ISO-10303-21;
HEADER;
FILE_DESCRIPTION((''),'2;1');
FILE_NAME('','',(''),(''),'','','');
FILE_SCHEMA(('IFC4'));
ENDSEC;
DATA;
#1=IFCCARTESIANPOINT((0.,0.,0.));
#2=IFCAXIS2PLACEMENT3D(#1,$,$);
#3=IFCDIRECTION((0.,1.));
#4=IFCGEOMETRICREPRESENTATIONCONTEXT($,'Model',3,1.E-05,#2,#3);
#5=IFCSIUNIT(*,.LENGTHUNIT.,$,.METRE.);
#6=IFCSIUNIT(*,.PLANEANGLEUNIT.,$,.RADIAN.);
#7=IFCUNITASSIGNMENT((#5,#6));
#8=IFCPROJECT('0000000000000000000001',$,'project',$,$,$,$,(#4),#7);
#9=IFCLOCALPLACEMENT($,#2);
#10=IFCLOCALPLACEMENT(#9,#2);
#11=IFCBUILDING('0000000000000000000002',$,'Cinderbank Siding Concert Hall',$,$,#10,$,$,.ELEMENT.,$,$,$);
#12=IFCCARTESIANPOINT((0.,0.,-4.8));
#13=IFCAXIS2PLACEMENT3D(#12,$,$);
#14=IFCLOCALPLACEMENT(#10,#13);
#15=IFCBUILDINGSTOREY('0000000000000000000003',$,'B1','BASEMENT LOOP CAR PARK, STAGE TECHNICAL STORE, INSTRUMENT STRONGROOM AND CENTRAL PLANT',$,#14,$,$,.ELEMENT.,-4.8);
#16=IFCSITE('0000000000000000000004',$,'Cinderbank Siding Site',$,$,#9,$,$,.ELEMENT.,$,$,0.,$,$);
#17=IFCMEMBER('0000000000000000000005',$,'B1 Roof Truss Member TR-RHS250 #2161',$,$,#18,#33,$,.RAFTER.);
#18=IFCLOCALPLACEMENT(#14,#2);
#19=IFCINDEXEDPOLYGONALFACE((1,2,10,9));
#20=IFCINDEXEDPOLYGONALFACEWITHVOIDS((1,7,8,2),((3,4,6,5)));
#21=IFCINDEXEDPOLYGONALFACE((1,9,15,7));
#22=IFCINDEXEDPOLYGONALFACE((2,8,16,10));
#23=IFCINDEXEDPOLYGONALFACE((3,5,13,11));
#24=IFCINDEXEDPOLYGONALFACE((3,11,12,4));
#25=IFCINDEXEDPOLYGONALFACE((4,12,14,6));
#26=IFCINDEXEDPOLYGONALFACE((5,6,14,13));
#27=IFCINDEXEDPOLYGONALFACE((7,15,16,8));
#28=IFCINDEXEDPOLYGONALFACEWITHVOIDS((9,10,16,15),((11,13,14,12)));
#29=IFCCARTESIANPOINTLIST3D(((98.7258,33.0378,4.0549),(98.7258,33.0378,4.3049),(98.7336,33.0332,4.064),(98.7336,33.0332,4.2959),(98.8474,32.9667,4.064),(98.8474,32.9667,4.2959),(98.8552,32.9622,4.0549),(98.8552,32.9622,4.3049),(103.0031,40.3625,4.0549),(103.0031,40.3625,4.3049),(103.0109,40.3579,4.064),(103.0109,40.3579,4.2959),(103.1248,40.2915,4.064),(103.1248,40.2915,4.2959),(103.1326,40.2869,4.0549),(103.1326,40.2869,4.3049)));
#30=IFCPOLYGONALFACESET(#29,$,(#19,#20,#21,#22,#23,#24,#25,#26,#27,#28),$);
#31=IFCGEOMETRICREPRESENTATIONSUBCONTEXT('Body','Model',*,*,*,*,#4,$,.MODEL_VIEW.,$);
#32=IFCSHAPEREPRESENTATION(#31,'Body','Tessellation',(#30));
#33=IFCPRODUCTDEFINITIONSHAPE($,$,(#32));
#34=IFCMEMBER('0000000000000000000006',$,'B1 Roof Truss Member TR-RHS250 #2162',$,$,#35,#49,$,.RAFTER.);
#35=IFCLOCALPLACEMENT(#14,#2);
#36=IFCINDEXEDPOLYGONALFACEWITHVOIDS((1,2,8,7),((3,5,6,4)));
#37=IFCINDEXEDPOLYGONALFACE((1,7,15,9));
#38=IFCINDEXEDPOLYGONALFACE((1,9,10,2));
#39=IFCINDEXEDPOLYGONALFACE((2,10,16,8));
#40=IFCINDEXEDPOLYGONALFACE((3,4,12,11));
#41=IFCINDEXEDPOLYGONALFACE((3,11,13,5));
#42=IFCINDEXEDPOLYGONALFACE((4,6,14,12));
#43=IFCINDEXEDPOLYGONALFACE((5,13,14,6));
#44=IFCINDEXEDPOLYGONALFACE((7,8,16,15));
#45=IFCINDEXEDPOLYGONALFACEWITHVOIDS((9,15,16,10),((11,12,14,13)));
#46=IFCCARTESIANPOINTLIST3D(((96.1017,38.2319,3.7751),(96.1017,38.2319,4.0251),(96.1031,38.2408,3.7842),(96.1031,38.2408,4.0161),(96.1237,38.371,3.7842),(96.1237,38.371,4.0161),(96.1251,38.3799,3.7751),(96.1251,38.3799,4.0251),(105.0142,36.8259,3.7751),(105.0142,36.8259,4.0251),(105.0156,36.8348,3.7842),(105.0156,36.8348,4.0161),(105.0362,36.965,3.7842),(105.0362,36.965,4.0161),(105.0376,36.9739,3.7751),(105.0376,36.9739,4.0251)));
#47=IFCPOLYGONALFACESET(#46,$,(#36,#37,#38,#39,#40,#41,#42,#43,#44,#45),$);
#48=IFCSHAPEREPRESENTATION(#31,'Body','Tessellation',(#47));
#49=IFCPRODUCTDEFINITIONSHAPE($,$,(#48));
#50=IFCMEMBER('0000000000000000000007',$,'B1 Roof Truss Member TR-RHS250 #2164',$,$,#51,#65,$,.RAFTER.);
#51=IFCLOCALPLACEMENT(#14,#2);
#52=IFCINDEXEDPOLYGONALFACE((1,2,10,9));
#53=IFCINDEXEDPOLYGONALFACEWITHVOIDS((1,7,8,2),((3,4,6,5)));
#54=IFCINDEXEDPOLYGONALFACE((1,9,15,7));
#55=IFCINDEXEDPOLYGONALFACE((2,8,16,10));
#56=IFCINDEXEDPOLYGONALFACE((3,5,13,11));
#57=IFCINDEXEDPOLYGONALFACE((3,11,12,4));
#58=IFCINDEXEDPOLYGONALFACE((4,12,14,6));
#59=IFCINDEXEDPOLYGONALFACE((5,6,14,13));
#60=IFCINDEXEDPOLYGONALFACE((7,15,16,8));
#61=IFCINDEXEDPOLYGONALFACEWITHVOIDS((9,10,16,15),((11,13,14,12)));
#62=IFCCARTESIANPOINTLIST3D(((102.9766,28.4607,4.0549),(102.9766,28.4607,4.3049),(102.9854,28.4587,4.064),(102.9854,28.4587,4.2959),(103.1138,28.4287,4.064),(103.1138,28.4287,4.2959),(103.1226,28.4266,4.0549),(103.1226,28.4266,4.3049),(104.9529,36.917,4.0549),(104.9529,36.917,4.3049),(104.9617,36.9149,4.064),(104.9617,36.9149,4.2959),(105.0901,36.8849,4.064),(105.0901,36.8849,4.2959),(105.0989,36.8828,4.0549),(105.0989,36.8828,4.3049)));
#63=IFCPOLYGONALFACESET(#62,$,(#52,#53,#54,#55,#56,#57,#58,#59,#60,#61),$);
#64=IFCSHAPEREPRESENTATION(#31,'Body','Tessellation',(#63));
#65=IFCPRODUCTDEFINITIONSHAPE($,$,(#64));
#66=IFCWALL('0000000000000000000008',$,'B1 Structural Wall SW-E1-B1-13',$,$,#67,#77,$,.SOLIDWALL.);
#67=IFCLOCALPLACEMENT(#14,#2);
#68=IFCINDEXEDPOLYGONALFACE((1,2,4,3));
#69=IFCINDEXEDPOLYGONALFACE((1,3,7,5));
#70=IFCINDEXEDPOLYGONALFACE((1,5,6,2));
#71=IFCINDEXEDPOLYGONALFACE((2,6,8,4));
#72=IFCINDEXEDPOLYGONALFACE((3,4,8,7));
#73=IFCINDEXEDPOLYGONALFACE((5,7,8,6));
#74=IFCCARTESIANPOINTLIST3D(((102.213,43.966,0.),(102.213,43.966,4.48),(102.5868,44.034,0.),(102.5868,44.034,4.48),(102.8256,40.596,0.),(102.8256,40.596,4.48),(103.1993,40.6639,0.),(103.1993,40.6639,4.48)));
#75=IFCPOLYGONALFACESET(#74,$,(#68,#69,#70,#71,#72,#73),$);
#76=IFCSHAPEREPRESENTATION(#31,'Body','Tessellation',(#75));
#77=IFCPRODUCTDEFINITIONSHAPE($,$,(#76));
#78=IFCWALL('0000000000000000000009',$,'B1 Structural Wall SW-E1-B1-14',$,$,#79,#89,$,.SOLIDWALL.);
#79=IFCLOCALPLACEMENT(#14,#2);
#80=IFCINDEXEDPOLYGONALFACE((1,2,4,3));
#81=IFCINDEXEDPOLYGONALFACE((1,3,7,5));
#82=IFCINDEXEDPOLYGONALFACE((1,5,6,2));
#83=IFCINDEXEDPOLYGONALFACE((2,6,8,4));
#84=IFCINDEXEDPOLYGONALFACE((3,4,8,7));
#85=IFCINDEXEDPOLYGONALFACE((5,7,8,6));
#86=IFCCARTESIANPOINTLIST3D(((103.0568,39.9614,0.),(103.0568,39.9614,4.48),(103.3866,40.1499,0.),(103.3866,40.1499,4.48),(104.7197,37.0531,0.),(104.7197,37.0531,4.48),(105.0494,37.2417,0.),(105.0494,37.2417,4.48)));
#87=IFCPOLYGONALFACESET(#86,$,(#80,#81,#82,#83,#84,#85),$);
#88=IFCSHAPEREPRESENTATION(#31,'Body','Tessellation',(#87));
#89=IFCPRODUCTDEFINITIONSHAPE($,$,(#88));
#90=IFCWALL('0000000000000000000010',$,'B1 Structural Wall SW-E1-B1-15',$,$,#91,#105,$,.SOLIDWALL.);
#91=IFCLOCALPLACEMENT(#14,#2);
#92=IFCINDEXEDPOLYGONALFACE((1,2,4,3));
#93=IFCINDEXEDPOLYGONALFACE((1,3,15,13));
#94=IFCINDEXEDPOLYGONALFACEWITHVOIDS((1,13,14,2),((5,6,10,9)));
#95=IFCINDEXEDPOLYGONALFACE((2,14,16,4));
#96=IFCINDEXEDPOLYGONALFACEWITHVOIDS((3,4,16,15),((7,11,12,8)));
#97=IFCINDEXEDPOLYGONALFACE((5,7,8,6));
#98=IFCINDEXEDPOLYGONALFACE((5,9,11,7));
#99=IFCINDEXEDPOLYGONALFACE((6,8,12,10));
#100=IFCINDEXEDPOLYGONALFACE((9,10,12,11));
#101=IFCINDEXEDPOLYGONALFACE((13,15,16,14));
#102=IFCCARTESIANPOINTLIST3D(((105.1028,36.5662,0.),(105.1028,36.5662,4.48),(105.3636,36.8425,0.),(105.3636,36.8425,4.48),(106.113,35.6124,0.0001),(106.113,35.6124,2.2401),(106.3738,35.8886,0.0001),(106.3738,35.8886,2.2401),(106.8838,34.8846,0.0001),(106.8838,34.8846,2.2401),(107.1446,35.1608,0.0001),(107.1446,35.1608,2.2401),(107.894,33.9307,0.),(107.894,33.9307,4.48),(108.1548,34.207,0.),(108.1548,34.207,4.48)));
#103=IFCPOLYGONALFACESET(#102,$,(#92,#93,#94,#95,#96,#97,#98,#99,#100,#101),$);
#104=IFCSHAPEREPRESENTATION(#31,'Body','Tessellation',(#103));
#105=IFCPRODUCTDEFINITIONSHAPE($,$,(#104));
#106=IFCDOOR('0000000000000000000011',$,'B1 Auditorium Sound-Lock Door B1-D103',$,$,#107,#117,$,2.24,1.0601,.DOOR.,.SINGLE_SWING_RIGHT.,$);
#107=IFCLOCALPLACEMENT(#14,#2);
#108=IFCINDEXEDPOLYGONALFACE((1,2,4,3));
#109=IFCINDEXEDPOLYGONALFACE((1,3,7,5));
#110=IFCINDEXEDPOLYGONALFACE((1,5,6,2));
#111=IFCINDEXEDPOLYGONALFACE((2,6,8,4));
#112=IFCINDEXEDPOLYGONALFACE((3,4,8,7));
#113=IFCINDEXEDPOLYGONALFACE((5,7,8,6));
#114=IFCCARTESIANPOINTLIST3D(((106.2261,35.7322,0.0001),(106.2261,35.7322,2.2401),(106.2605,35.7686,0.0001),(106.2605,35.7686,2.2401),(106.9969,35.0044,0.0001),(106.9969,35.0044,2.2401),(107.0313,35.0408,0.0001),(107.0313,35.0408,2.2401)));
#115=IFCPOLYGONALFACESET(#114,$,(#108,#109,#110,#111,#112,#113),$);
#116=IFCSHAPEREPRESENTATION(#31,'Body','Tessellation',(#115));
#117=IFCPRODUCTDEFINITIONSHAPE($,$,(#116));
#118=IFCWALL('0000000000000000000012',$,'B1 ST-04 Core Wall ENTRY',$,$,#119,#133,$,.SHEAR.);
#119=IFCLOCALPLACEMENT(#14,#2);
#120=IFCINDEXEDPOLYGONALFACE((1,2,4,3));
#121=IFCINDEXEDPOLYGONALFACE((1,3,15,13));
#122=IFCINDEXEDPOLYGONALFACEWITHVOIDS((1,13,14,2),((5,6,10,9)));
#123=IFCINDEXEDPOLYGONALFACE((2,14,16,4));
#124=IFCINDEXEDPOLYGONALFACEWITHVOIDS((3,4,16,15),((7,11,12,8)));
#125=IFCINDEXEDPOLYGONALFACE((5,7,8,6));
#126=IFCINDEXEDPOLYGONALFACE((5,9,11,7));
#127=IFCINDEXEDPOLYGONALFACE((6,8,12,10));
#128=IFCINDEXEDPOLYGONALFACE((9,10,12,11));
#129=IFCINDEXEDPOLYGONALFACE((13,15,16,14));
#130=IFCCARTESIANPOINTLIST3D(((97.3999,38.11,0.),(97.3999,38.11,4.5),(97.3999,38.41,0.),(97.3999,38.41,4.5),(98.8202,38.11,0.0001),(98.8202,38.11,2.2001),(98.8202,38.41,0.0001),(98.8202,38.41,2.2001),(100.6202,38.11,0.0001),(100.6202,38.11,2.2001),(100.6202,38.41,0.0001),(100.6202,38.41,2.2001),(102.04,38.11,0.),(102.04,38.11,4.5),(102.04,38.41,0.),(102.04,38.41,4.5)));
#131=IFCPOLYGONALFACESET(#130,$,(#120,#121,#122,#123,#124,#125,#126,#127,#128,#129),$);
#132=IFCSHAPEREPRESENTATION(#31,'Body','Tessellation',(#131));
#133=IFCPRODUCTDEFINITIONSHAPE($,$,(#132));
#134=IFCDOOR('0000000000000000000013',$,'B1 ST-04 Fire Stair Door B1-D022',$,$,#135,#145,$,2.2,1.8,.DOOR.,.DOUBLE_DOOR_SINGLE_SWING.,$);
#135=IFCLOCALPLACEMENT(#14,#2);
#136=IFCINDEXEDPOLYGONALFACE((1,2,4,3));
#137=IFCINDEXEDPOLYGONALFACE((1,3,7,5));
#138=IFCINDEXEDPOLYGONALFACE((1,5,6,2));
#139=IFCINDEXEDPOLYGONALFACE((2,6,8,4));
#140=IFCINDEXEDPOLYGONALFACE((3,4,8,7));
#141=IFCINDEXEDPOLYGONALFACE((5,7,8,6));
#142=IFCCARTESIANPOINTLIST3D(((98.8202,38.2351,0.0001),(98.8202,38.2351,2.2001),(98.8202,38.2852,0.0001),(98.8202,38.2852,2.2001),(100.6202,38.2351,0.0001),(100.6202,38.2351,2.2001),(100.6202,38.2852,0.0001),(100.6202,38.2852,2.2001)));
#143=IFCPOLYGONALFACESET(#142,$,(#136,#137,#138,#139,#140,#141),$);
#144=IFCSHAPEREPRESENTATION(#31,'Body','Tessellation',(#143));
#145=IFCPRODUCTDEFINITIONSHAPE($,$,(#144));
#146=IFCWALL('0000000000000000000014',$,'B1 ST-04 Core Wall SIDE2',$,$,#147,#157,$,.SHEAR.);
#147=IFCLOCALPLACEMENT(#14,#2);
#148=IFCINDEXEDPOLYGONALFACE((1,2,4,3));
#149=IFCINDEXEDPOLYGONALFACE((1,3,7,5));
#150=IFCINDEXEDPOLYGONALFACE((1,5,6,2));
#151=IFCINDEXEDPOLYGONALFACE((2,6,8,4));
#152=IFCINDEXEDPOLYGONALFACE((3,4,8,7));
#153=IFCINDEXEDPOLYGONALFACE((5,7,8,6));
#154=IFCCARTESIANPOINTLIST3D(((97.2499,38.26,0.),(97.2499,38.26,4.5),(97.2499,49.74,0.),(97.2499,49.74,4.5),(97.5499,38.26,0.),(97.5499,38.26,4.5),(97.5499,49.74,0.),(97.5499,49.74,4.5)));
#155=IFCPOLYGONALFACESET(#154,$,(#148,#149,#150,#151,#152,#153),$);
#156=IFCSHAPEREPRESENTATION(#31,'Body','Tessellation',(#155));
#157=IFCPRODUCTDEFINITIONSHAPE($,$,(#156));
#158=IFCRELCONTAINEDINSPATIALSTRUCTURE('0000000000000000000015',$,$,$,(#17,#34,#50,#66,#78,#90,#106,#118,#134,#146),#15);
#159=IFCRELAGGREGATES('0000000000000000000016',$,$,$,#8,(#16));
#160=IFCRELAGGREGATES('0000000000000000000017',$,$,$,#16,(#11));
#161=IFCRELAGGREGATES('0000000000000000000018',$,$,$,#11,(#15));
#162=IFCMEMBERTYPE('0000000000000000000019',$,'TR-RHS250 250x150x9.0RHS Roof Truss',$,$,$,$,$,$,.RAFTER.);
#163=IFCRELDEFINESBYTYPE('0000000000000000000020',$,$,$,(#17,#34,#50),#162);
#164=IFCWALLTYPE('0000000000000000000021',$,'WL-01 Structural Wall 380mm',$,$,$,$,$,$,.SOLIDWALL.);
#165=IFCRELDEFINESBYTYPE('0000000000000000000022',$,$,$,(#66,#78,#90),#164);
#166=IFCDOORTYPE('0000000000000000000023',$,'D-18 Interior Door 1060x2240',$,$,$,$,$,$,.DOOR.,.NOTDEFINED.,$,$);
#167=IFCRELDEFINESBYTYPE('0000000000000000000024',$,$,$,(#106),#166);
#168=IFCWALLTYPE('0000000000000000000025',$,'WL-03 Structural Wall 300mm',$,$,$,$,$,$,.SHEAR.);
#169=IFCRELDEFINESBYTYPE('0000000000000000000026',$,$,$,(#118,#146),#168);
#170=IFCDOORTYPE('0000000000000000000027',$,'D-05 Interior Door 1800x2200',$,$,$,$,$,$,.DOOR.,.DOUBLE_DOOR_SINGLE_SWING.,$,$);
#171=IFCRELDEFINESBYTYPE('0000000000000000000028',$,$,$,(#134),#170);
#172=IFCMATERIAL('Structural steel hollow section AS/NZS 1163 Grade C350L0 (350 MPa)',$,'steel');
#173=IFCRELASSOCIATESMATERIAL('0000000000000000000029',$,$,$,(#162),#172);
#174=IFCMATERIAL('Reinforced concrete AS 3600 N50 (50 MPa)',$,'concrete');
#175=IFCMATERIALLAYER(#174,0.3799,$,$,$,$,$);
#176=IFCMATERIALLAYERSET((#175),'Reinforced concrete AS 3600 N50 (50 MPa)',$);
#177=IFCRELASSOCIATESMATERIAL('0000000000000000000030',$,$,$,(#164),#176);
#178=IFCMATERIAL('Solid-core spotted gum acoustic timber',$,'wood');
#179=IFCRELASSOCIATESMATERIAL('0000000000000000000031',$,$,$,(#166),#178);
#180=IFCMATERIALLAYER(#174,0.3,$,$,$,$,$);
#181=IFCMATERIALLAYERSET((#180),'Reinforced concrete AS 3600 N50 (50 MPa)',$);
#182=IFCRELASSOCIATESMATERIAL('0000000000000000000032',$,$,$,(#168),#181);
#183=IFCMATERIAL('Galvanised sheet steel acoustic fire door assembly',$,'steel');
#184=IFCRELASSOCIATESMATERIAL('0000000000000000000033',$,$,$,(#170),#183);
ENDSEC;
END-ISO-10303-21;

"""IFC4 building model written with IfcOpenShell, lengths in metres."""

from ifc_helpers import new_model, si_unit, direction, frame, frame_2d, origin, origin_2d, place, context, subcontext, project, spatial, rectangle, hollow_rectangle, extrude, material, layer, layer_set, material_profile, profile_set, type_object, element, fill, save


model = new_model("IFC4")

# Units and contexts
model_context = context("Model", 3, precision=1e-05, world=origin(), true_north=direction((0.0, 1.0)))
body_context = subcontext(model_context, "Body", "Model", "MODEL_VIEW")
ifc_project = project(units=[si_unit("LENGTHUNIT", "METRE"), si_unit("PLANEANGLEUNIT", "RADIAN")], contexts=[model_context])

# Site, building, storey
site_placement = place(None, origin())
site = spatial("IfcSite", under=ifc_project, at=site_placement, Name="Cinderbank Siding Site", CompositionType="ELEMENT", RefElevation=0.0)
building_placement = place(site_placement, origin())
building = spatial("IfcBuilding", under=site, at=building_placement, Name="Cinderbank Siding Concert Hall", CompositionType="ELEMENT")
storey_placement = place(building_placement, frame((0.0, 0.0, -4.8)))
storey = spatial("IfcBuildingStorey", under=building, at=storey_placement, Name="B1", Description="BASEMENT LOOP CAR PARK, STAGE TECHNICAL STORE, INSTRUMENT STRONGROOM AND CENTRAL PLANT", CompositionType="ELEMENT", Elevation=-4.8)

# Shared definitions
ifc_material_1 = material(Name="Reinforced concrete AS 3600 N50 (50 MPa)", Category="concrete")

# Members
ifc_material_2 = material(Name="Structural steel hollow section AS/NZS 1163 Grade C350L0 (350 MPa)", Category="steel")
ifc_material_profile_1 = material_profile(ifc_material_2, hollow_rectangle(XDim=0.1499, YDim=0.25, WallThickness=0.009, at=origin_2d()), Name="250x150x9.0RHS", Category="LoadBearing")
ifc_profile_set_1 = profile_set([ifc_material_profile_1], Name="Structural steel hollow section AS/NZS 1163 Grade C350L0 (350 MPa)")
member_type_1 = type_object("IfcMemberType", Name="TR-RHS250 250x150x9.0RHS Roof Truss", PredefinedType="RAFTER", material=ifc_profile_set_1)
member_1_placement = place(storey_placement, frame((103.0679, 40.3247, 4.1799), z_axis=(-0.504275, -0.863543, 0.0), x_axis=(0.863543, -0.504275, 0.0)))
element("IfcMember", 1, at=member_1_placement, inside=storey, type_object=member_type_1, Name="B1 Roof Truss Member TR-RHS250 #2161", PredefinedType="RAFTER", context=body_context, shape_type="SweptSolid", body=[
    extrude(hollow_rectangle(XDim=0.1499, YDim=0.25, WallThickness=0.009, at=origin_2d()), origin(), (0.0, 0.0, 1.0), 8.4822),
])
member_2_placement = place(storey_placement, frame((105.0259, 36.8999, 3.9001), z_axis=(-0.987784, 0.155828, 0.0), x_axis=(-0.155828, -0.987784, 0.0)))
element("IfcMember", 2, at=member_2_placement, inside=storey, type_object=member_type_1, Name="B1 Roof Truss Member TR-RHS250 #2162", PredefinedType="RAFTER", context=body_context, shape_type="SweptSolid", body=[
    extrude(hollow_rectangle(XDim=0.1499, YDim=0.25, WallThickness=0.009, at=origin_2d()), origin(), (0.0, 0.0, 1.0), 9.0227),
])
member_3_placement = place(storey_placement, frame((105.0259, 36.8999, 4.1799), z_axis=(-0.227577, -0.97376, 0.0), x_axis=(0.97376, -0.227577, 0.0)))
element("IfcMember", 3, at=member_3_placement, inside=storey, type_object=member_type_1, Name="B1 Roof Truss Member TR-RHS250 #2164", PredefinedType="RAFTER", context=body_context, shape_type="SweptSolid", body=[
    extrude(hollow_rectangle(XDim=0.1499, YDim=0.25, WallThickness=0.009, at=origin_2d()), origin(), (0.0, 0.0, 1.0), 8.6841),
])

# Walls
ifc_layer_1 = layer(ifc_material_1, 0.3799)
ifc_layer_set_1 = layer_set([ifc_layer_1], Name="Reinforced concrete AS 3600 N50 (50 MPa)")
wall_type_1 = type_object("IfcWallType", Name="WL-01 Structural Wall 380mm", PredefinedType="SOLIDWALL", material=ifc_layer_set_1)
wall_1_placement = place(storey_placement, frame((102.3999, 44.0, 0.0), z_axis=(0.0, 0.0, 1.0), x_axis=(0.178829, -0.98388, 0.0)))
element("IfcWall", 4, at=wall_1_placement, inside=storey, type_object=wall_type_1, Name="B1 Structural Wall SW-E1-B1-13", PredefinedType="SOLIDWALL", context=body_context, shape_type="SweptSolid", body=[
    extrude(rectangle(XDim=3.4253, YDim=0.3799, at=frame_2d((1.7126, 0.0))), origin(), (0.0, 0.0, 1.0), 4.48),
])
wall_2_placement = place(storey_placement, frame((103.2217, 40.0557, 0.0), z_axis=(0.0, 0.0, 1.0), x_axis=(0.496367, -0.868113, 0.0)))
element("IfcWall", 5, at=wall_2_placement, inside=storey, type_object=wall_type_1, Name="B1 Structural Wall SW-E1-B1-14", PredefinedType="SOLIDWALL", context=body_context, shape_type="SweptSolid", body=[
    extrude(rectangle(XDim=3.3501, YDim=0.3799, at=frame_2d((1.675, 0.0))), origin(), (0.0, 0.0, 1.0), 4.48),
])

# Walls, openings, doors
wall_3_placement = place(storey_placement, frame((105.2332, 36.7043, 0.0), z_axis=(0.0, 0.0, 1.0), x_axis=(0.727103, -0.686528, 0.0)))
wall_3 = element("IfcWall", 6, at=wall_3_placement, inside=storey, type_object=wall_type_1, Name="B1 Structural Wall SW-E1-B1-15", PredefinedType="SOLIDWALL", context=body_context, shape_type="SweptSolid", body=[
    extrude(rectangle(XDim=3.8389, YDim=0.3799, at=frame_2d((1.9194, 0.0))), origin(), (0.0, 0.0, 1.0), 4.48),
])
opening_1_placement = place(wall_3_placement, frame((1.3894, 0.0, 0.0)))
opening_1 = element("IfcOpeningElement", 7, at=opening_1_placement, cuts=wall_3, PredefinedType="OPENING", context=body_context, shape_type="SweptSolid", body=[
    extrude(rectangle(XDim=1.0601, YDim=2.24, at=frame_2d((0.53, 1.1201))), frame((0.0, 0.2019, 0.0), z_axis=(0.0, -1.0, 0.0), x_axis=(1.0, 0.0, 0.0)), (0.0, 0.0, 1.0), 0.4038),
])
ifc_material_3 = material(Name="Solid-core spotted gum acoustic timber", Category="wood")
door_type_1 = type_object("IfcDoorType", Name="D-18 Interior Door 1060x2240", OperationType="NOTDEFINED", PredefinedType="DOOR", material=ifc_material_3)
door_1_placement = place(opening_1_placement, origin())
door_1 = element("IfcDoor", 8, at=door_1_placement, inside=storey, type_object=door_type_1, Name="B1 Auditorium Sound-Lock Door B1-D103", OperationType="SINGLE_SWING_RIGHT", OverallHeight=2.24, OverallWidth=1.0601, PredefinedType="DOOR", context=body_context, shape_type="SweptSolid", body=[
    extrude(rectangle(XDim=1.0601, YDim=2.24, at=frame_2d((0.53, 1.1201))), frame((0.0, 0.0249, 0.0), z_axis=(0.0, -1.0, 0.0), x_axis=(1.0, 0.0, 0.0)), (0.0, 0.0, 1.0), 0.05),
])
fill(opening_1, door_1)
ifc_layer_2 = layer(ifc_material_1, 0.3)
ifc_layer_set_2 = layer_set([ifc_layer_2], Name="Reinforced concrete AS 3600 N50 (50 MPa)")
wall_type_2 = type_object("IfcWallType", Name="WL-03 Structural Wall 300mm", PredefinedType="SHEAR", material=ifc_layer_set_2)
wall_4_placement = place(storey_placement, frame((102.04, 38.26, 0.0), z_axis=(0.0, 0.0, 1.0), x_axis=(-1.0, 0.0, 0.0)))
wall_4 = element("IfcWall", 9, at=wall_4_placement, inside=storey, type_object=wall_type_2, Name="B1 ST-04 Core Wall ENTRY", PredefinedType="SHEAR", context=body_context, shape_type="SweptSolid", body=[
    extrude(rectangle(XDim=4.6401, YDim=0.3, at=frame_2d((2.3201, 0.0))), origin(), (0.0, 0.0, 1.0), 4.5),
])
opening_2_placement = place(wall_4_placement, frame((1.4199, 0.0, 0.0)))
opening_2 = element("IfcOpeningElement", 10, at=opening_2_placement, cuts=wall_4, PredefinedType="OPENING", context=body_context, shape_type="SweptSolid", body=[
    extrude(rectangle(XDim=1.8, YDim=2.2, at=frame_2d((0.8999, 1.1001))), frame((0.0, 0.1621, 0.0), z_axis=(0.0, -1.0, 0.0), x_axis=(1.0, 0.0, 0.0)), (0.0, 0.0, 1.0), 0.324),
])
ifc_material_4 = material(Name="Galvanised sheet steel acoustic fire door assembly", Category="steel")
door_type_2 = type_object("IfcDoorType", Name="D-05 Interior Door 1800x2200", OperationType="DOUBLE_DOOR_SINGLE_SWING", PredefinedType="DOOR", material=ifc_material_4)
door_2_placement = place(opening_2_placement, origin())
door_2 = element("IfcDoor", 11, at=door_2_placement, inside=storey, type_object=door_type_2, Name="B1 ST-04 Fire Stair Door B1-D022", OperationType="DOUBLE_DOOR_SINGLE_SWING", OverallHeight=2.2, OverallWidth=1.8, PredefinedType="DOOR", context=body_context, shape_type="SweptSolid", body=[
    extrude(rectangle(XDim=1.8, YDim=2.2, at=frame_2d((0.8999, 1.1001))), frame((0.0, 0.0249, 0.0), z_axis=(0.0, -1.0, 0.0), x_axis=(1.0, 0.0, 0.0)), (0.0, 0.0, 1.0), 0.05),
])
fill(opening_2, door_2)

# Wall
wall_5_placement = place(storey_placement, frame((97.3999, 38.26, 0.0), z_axis=(0.0, 0.0, 1.0), x_axis=(0.0, 1.0, 0.0)))
element("IfcWall", 12, at=wall_5_placement, inside=storey, type_object=wall_type_2, Name="B1 ST-04 Core Wall SIDE2", PredefinedType="SHEAR", context=body_context, shape_type="SweptSolid", body=[
    extrude(rectangle(XDim=11.48, YDim=0.3, at=frame_2d((5.74, 0.0))), origin(), (0.0, 0.0, 1.0), 4.5),
])

save(model, "model.ifc")
